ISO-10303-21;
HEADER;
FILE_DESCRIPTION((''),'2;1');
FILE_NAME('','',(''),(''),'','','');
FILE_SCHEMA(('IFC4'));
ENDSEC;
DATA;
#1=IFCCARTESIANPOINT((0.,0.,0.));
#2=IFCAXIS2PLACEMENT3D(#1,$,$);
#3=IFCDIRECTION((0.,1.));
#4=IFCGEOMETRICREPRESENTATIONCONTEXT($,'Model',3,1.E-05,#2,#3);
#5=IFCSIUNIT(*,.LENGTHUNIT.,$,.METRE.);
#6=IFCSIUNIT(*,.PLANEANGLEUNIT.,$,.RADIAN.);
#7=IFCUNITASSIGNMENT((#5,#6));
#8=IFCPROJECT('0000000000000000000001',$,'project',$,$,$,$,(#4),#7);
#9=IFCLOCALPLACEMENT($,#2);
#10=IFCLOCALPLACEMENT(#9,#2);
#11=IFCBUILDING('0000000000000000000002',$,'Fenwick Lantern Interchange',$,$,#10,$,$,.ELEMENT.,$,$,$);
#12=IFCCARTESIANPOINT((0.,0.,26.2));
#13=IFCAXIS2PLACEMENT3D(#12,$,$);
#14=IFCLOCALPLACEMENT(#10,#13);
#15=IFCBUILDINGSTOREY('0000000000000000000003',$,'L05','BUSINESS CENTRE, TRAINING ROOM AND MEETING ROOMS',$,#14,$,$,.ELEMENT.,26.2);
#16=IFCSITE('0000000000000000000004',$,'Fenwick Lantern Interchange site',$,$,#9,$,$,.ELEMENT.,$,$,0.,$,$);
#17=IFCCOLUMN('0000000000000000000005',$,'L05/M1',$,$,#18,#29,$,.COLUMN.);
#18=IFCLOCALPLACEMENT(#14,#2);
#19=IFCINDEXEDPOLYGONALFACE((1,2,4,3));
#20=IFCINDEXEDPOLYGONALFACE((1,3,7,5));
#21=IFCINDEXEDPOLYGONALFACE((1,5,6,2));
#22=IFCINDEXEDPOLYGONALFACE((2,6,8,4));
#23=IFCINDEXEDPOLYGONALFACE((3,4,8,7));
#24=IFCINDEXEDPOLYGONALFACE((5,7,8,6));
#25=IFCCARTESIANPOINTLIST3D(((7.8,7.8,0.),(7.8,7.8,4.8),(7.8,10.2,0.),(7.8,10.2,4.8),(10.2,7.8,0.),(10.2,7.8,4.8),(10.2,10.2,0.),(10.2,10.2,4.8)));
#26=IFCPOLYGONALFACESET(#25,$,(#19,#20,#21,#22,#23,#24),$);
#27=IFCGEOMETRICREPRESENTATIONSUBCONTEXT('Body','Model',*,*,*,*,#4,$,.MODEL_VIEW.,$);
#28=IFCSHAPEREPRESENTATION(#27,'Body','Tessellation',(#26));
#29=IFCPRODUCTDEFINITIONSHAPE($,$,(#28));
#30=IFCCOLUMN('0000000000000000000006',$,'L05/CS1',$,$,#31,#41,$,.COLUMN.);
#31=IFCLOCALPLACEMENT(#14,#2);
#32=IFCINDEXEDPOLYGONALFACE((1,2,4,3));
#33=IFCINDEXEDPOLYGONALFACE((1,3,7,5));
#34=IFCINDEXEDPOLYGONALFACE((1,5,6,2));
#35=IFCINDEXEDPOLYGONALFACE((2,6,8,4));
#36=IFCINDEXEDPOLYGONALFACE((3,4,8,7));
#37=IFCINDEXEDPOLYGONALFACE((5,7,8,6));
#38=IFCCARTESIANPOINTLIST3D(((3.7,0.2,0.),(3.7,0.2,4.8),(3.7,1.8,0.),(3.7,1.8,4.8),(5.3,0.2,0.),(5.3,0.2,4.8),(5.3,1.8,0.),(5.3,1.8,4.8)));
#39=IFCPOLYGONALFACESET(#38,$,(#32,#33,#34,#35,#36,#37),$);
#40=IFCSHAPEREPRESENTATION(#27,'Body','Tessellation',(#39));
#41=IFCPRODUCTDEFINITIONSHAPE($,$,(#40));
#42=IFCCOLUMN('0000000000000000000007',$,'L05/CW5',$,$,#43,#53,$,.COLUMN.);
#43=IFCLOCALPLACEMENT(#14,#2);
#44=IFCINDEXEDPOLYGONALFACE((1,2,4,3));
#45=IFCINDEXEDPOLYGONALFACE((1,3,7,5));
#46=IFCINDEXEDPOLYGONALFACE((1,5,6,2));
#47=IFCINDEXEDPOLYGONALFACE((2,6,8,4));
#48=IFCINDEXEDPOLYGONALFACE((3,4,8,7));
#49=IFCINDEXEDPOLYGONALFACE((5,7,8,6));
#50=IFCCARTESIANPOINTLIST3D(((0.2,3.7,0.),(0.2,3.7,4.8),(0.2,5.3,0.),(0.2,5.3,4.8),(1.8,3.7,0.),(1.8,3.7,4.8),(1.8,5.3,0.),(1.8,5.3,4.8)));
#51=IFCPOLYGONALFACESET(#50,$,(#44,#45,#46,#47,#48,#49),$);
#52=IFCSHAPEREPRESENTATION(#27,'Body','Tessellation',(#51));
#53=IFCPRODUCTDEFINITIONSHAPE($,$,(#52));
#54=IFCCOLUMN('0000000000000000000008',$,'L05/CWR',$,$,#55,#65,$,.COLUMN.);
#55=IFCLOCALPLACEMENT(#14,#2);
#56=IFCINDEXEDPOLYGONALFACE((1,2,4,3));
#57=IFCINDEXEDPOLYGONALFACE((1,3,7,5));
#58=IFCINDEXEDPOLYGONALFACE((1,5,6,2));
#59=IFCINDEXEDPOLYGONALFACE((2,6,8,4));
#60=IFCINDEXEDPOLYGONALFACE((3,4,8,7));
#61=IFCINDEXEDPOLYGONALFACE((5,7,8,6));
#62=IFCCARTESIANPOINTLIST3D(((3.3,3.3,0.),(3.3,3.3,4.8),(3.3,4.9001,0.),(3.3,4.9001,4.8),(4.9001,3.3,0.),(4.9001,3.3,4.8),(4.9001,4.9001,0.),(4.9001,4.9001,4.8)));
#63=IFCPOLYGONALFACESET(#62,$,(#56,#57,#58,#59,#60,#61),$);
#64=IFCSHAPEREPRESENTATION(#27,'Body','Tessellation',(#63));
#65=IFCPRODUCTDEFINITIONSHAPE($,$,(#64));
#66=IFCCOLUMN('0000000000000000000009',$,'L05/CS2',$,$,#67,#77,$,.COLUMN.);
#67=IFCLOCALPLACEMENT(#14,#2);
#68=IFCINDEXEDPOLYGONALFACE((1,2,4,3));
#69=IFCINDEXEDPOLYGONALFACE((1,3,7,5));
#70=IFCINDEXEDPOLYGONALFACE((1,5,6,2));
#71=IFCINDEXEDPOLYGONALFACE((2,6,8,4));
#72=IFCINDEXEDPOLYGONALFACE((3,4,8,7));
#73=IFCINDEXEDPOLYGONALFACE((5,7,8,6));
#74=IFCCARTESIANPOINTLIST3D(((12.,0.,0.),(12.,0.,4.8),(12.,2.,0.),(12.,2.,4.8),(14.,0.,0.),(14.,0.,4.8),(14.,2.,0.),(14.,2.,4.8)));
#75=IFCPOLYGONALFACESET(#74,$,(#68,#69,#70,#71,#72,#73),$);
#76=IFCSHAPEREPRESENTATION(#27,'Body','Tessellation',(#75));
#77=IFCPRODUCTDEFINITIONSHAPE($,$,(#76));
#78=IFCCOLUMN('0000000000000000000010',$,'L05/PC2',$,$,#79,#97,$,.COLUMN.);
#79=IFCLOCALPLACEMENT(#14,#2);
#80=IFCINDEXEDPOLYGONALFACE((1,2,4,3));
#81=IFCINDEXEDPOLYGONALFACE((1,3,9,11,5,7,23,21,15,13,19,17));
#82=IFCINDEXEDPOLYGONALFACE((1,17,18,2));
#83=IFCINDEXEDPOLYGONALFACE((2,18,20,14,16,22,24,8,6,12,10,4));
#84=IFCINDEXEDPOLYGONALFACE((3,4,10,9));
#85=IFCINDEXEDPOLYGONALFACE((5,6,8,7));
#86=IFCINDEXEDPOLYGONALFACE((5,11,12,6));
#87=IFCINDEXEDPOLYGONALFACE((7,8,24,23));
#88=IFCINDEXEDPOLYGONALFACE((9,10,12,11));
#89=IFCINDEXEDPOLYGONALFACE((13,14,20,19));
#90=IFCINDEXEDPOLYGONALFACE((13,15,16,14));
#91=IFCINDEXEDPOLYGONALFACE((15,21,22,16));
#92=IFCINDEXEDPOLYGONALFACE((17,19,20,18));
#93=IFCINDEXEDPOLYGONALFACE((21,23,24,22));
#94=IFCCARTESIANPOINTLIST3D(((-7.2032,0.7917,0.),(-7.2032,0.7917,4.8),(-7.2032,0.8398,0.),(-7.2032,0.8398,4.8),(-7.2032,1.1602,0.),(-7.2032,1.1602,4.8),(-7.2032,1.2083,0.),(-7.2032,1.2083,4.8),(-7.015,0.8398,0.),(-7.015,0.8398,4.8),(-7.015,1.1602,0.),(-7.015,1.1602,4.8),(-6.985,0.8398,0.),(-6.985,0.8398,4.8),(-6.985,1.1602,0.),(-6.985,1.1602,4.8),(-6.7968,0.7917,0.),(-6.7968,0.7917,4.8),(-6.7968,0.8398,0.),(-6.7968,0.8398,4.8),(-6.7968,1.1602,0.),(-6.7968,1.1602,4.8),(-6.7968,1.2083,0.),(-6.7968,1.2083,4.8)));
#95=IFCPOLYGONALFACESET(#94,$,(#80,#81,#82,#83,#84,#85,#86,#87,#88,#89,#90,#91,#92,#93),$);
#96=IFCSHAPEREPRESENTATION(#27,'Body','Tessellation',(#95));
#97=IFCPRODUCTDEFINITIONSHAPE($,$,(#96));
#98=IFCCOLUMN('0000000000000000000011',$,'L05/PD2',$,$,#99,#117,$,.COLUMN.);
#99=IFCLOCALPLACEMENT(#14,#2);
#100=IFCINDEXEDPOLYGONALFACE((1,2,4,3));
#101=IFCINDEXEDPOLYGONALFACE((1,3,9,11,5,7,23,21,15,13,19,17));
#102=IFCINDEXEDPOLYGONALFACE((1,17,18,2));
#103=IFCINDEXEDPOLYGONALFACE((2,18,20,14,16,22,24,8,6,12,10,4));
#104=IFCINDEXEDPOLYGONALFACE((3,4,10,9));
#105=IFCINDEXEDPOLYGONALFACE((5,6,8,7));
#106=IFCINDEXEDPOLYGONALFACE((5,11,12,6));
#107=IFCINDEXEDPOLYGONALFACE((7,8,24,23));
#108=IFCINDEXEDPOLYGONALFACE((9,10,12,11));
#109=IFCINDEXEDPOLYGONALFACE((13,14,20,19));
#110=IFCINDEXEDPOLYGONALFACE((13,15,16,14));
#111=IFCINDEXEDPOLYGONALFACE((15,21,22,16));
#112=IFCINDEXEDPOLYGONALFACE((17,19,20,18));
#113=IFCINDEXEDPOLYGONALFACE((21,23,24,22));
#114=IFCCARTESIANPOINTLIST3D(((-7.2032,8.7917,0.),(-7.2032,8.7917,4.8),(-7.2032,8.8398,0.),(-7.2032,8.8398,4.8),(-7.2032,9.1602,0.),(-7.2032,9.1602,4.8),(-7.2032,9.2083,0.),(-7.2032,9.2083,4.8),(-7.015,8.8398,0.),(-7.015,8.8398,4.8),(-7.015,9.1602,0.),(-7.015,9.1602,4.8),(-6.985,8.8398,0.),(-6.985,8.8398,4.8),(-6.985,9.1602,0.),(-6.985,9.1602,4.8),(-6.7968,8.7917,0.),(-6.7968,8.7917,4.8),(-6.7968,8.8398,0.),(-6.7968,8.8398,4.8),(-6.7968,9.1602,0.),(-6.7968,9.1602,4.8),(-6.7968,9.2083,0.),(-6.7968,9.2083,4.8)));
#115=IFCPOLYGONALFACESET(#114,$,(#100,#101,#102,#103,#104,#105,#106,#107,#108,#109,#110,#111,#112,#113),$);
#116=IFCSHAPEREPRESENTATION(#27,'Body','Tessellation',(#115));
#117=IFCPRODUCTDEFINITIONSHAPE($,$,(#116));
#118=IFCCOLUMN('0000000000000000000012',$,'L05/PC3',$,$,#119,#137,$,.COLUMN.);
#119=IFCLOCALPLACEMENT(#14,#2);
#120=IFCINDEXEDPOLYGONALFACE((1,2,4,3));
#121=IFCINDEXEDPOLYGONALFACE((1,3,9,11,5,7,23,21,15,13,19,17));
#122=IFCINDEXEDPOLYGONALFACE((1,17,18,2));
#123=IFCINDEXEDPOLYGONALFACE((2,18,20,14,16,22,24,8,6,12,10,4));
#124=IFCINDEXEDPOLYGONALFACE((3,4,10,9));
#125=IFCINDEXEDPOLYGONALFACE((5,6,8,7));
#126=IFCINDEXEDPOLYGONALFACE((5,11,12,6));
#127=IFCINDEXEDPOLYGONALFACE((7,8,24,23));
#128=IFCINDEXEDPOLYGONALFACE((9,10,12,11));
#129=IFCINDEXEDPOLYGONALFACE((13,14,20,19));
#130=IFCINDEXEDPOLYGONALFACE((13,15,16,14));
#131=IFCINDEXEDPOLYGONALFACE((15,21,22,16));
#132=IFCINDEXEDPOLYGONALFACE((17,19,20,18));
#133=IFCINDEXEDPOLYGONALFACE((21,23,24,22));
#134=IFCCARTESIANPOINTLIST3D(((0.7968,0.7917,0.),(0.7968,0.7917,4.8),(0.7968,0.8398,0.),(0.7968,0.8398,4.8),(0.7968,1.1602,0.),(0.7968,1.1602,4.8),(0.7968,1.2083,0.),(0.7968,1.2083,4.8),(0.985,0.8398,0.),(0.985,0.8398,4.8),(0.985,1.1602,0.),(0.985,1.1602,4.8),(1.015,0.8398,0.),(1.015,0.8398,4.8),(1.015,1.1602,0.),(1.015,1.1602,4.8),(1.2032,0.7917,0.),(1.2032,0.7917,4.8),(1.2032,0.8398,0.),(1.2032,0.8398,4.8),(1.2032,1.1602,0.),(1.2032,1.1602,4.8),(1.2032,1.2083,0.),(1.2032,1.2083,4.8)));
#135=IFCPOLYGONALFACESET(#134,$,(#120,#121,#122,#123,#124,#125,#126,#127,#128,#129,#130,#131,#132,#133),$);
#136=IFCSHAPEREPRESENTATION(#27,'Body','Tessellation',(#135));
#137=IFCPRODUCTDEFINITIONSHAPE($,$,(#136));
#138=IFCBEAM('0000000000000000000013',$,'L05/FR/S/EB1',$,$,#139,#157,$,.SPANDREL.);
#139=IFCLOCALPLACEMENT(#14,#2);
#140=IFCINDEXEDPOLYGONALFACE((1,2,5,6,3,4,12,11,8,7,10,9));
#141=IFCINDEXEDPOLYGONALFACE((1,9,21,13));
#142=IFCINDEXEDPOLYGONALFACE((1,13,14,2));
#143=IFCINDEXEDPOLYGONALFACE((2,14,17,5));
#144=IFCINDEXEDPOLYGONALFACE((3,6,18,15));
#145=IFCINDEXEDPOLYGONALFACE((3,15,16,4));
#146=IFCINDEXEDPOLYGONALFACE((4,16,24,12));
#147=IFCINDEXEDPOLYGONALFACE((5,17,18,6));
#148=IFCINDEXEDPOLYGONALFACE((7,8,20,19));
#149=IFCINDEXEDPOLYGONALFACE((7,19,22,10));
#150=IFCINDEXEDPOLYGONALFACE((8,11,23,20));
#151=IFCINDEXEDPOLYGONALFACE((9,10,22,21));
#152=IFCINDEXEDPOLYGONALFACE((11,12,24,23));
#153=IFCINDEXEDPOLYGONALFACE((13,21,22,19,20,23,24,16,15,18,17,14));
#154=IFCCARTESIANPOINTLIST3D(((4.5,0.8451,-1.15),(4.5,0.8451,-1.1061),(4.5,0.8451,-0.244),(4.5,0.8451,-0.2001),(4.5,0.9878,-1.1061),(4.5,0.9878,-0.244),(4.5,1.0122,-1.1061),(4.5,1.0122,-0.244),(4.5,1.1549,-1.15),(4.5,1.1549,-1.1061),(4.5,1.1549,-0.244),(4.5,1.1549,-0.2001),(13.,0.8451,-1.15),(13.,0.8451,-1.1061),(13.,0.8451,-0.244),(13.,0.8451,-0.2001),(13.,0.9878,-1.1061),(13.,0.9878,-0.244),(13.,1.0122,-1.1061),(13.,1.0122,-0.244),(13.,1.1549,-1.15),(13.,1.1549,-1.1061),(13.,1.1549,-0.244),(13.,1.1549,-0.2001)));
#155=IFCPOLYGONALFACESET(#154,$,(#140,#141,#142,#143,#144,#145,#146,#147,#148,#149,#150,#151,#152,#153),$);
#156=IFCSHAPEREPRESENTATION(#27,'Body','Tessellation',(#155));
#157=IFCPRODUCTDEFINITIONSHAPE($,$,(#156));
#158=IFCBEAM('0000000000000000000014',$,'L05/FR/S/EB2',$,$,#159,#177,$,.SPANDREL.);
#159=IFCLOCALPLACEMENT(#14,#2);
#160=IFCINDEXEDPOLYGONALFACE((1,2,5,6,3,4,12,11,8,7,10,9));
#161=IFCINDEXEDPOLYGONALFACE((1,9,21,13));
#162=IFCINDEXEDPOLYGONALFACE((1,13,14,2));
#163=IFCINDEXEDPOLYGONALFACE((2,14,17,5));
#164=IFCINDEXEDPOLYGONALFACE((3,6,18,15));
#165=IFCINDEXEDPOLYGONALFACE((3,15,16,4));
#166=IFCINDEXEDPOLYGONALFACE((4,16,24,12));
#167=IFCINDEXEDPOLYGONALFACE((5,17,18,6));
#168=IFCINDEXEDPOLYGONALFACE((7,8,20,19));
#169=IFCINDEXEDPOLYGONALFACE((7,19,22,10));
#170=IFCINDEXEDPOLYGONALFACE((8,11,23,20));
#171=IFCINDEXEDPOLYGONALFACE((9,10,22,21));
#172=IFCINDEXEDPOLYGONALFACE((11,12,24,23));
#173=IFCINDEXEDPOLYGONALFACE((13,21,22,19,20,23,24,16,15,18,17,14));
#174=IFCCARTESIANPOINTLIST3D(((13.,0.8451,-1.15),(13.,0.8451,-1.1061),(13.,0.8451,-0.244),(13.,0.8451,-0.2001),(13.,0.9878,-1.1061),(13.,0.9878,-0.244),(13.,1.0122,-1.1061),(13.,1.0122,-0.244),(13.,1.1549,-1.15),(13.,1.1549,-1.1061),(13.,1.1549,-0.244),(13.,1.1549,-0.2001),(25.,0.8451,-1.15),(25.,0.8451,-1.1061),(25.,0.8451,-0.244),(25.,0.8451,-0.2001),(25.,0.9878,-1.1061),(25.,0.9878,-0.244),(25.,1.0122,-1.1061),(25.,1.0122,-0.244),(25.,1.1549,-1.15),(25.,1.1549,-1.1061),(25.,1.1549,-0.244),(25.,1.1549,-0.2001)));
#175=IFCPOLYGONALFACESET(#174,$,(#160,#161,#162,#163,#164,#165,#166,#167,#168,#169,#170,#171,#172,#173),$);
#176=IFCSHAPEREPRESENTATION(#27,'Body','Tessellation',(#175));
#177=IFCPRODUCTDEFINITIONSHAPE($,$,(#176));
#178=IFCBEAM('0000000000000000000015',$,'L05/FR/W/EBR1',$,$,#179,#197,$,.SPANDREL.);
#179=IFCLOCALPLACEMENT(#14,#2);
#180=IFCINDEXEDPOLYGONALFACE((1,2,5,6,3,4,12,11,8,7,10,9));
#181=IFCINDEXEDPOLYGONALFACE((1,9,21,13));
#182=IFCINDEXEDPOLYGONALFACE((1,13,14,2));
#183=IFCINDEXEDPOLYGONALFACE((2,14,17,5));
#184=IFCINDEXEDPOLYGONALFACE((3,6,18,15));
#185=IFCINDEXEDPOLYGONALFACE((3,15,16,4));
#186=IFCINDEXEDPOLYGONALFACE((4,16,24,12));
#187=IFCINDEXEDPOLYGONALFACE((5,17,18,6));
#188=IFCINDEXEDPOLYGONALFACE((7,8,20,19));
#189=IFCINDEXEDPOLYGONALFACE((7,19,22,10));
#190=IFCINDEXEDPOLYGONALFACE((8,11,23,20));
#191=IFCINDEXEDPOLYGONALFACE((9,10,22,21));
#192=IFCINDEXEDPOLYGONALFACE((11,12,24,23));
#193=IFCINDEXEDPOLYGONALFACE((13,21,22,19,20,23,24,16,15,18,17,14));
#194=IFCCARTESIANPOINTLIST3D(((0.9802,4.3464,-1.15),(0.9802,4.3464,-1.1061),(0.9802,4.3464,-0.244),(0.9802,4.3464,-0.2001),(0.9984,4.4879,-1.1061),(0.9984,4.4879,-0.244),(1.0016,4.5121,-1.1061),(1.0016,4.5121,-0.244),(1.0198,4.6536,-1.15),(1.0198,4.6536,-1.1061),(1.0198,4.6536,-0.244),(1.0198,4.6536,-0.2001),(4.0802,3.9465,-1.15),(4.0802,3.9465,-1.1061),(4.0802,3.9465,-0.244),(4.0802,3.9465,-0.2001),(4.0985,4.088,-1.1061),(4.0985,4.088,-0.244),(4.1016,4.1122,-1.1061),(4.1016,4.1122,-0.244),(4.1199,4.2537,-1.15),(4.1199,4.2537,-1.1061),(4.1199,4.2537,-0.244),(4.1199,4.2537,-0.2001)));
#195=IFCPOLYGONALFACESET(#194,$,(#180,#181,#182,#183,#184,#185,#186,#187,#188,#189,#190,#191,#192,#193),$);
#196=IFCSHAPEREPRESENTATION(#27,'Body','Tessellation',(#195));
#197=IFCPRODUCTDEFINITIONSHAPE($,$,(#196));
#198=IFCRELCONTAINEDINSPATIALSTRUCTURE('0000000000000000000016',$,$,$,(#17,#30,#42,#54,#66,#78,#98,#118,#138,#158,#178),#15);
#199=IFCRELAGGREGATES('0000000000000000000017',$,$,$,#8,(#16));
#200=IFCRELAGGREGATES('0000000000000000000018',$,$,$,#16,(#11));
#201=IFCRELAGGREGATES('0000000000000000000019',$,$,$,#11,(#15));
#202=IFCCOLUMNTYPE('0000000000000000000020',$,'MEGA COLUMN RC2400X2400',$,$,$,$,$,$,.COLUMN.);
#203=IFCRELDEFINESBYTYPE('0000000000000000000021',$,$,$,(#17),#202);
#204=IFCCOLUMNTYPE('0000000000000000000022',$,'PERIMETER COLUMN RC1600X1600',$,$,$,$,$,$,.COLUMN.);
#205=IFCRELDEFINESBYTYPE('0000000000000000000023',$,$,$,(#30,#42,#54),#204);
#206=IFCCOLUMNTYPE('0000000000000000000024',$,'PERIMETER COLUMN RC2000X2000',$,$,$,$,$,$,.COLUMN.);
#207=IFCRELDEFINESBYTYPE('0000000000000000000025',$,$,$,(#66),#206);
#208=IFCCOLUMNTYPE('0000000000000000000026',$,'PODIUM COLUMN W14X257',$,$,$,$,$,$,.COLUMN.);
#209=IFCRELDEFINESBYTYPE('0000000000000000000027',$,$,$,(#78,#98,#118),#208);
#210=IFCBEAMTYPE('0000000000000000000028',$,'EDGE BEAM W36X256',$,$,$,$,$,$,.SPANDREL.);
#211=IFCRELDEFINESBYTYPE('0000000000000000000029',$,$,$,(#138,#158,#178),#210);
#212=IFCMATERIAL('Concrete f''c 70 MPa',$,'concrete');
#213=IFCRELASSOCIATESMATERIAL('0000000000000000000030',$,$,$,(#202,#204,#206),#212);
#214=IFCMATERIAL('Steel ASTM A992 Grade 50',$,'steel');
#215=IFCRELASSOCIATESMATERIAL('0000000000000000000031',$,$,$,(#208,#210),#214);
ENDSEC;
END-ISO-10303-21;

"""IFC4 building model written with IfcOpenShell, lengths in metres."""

from ifc_helpers import new_model, si_unit, direction, frame, origin, origin_2d, place, context, subcontext, project, spatial, rectangle, i_section, extrude, material, material_profile, profile_set, type_object, element, save


model = new_model("IFC4")

# Units and contexts
model_context = context("Model", 3, precision=1e-05, world=origin(), true_north=direction((0.0, 1.0)))
body_context = subcontext(model_context, "Body", "Model", "MODEL_VIEW")
ifc_project = project(units=[si_unit("LENGTHUNIT", "METRE"), si_unit("PLANEANGLEUNIT", "RADIAN")], contexts=[model_context])

# Site, building, storey
site_placement = place(None, origin())
site = spatial("IfcSite", under=ifc_project, at=site_placement, Name="Fenwick Lantern Interchange site", CompositionType="ELEMENT", RefElevation=0.0)
building_placement = place(site_placement, origin())
building = spatial("IfcBuilding", under=site, at=building_placement, Name="Fenwick Lantern Interchange", CompositionType="ELEMENT")
storey_placement = place(building_placement, frame((0.0, 0.0, 26.2)))
storey = spatial("IfcBuildingStorey", under=building, at=storey_placement, Name="L05", Description="BUSINESS CENTRE, TRAINING ROOM AND MEETING ROOMS", CompositionType="ELEMENT", Elevation=26.2)

# Columns
ifc_material_1 = material(Name="Concrete f'c 70 MPa", Category="concrete")
ifc_material_profile_1 = material_profile(ifc_material_1, rectangle(XDim=2.3999, YDim=2.3999, at=origin_2d()), Name="RC2400X2400")
ifc_profile_set_1 = profile_set([ifc_material_profile_1], Name="Concrete f'c 70 MPa")
column_type_1 = type_object("IfcColumnType", Name="MEGA COLUMN RC2400X2400", PredefinedType="COLUMN", material=ifc_profile_set_1)
column_1_placement = place(storey_placement, frame((9.0, 9.0, 0.0), z_axis=(0.0, 0.0, 1.0), x_axis=(1.0, 0.0, 0.0)))
element("IfcColumn", 1, at=column_1_placement, inside=storey, type_object=column_type_1, Name="L05/M1", PredefinedType="COLUMN", context=body_context, shape_type="SweptSolid", body=[
    extrude(rectangle(XDim=2.3999, YDim=2.3999, at=origin_2d()), origin(), (0.0, 0.0, 1.0), 4.8),
])
ifc_material_profile_2 = material_profile(ifc_material_1, rectangle(XDim=1.6001, YDim=1.6001, at=origin_2d()), Name="RC1600X1600")
ifc_profile_set_2 = profile_set([ifc_material_profile_2], Name="Concrete f'c 70 MPa")
column_type_2 = type_object("IfcColumnType", Name="PERIMETER COLUMN RC1600X1600", PredefinedType="COLUMN", material=ifc_profile_set_2)
for number, where, z_axis, x_axis, name in (
    (2, (4.5, 1.0, 0.0), (0.0, 0.0, 1.0), (1.0, 0.0, 0.0), "L05/CS1"),
    (3, (1.0, 4.5, 0.0), (0.0, 0.0, 1.0), (1.0, 0.0, 0.0), "L05/CW5"),
    (4, (4.1001, 4.1001, 0.0), (0.0, 0.0, 1.0), (1.0, 0.0, 0.0), "L05/CWR"),
):
    element("IfcColumn", number, at=place(storey_placement, frame(where, z_axis=z_axis, x_axis=x_axis)), inside=storey, type_object=column_type_2, Name=name, PredefinedType="COLUMN", context=body_context, shape_type="SweptSolid", body=[
        extrude(rectangle(XDim=1.6001, YDim=1.6001, at=origin_2d()), origin(), (0.0, 0.0, 1.0), 4.8),
    ])
ifc_material_profile_3 = material_profile(ifc_material_1, rectangle(XDim=2.0, YDim=2.0, at=origin_2d()), Name="RC2000X2000")
ifc_profile_set_3 = profile_set([ifc_material_profile_3], Name="Concrete f'c 70 MPa")
column_type_3 = type_object("IfcColumnType", Name="PERIMETER COLUMN RC2000X2000", PredefinedType="COLUMN", material=ifc_profile_set_3)
column_2_placement = place(storey_placement, frame((13.0, 1.0, 0.0), z_axis=(0.0, 0.0, 1.0), x_axis=(1.0, 0.0, 0.0)))
element("IfcColumn", 5, at=column_2_placement, inside=storey, type_object=column_type_3, Name="L05/CS2", PredefinedType="COLUMN", context=body_context, shape_type="SweptSolid", body=[
    extrude(rectangle(XDim=2.0, YDim=2.0, at=origin_2d()), origin(), (0.0, 0.0, 1.0), 4.8),
])
ifc_material_2 = material(Name="Steel ASTM A992 Grade 50", Category="steel")
ifc_material_profile_4 = material_profile(ifc_material_2, i_section(OverallWidth=0.4065, OverallDepth=0.4165, WebThickness=0.03, FlangeThickness=0.0481, at=origin_2d()), Name="W14X257")
ifc_profile_set_4 = profile_set([ifc_material_profile_4], Name="Steel ASTM A992 Grade 50")
column_type_4 = type_object("IfcColumnType", Name="PODIUM COLUMN W14X257", PredefinedType="COLUMN", material=ifc_profile_set_4)
for number, where, z_axis, x_axis, name in (
    (6, (-7.0, 1.0, 0.0), (0.0, 0.0, 1.0), (1.0, 0.0, 0.0), "L05/PC2"),
    (7, (-7.0, 9.0, 0.0), (0.0, 0.0, 1.0), (1.0, 0.0, 0.0), "L05/PD2"),
    (8, (1.0, 1.0, 0.0), (0.0, 0.0, 1.0), (1.0, 0.0, 0.0), "L05/PC3"),
):
    element("IfcColumn", number, at=place(storey_placement, frame(where, z_axis=z_axis, x_axis=x_axis)), inside=storey, type_object=column_type_4, Name=name, PredefinedType="COLUMN", context=body_context, shape_type="SweptSolid", body=[
        extrude(i_section(OverallWidth=0.4065, OverallDepth=0.4165, WebThickness=0.03, FlangeThickness=0.0481, at=origin_2d()), origin(), (0.0, 0.0, 1.0), 4.8),
    ])

# Beams
ifc_material_profile_5 = material_profile(ifc_material_2, i_section(OverallWidth=0.3098, OverallDepth=0.95, WebThickness=0.0244, FlangeThickness=0.0439, at=origin_2d()), Name="W36X256")
ifc_profile_set_5 = profile_set([ifc_material_profile_5], Name="Steel ASTM A992 Grade 50")
beam_type_1 = type_object("IfcBeamType", Name="EDGE BEAM W36X256", PredefinedType="SPANDREL", material=ifc_profile_set_5)
beam_1_placement = place(storey_placement, frame((4.5, 1.0, -0.675), z_axis=(1.0, 0.0, 0.0), x_axis=(0.0, 1.0, 0.0)))
element("IfcBeam", 9, at=beam_1_placement, inside=storey, type_object=beam_type_1, Name="L05/FR/S/EB1", PredefinedType="SPANDREL", context=body_context, shape_type="SweptSolid", body=[
    extrude(i_section(OverallWidth=0.3098, OverallDepth=0.95, WebThickness=0.0244, FlangeThickness=0.0439, at=origin_2d()), origin(), (0.0, 0.0, 1.0), 8.5),
])
beam_2_placement = place(storey_placement, frame((13.0, 1.0, -0.675), z_axis=(1.0, 0.0, 0.0), x_axis=(0.0, 1.0, 0.0)))
element("IfcBeam", 10, at=beam_2_placement, inside=storey, type_object=beam_type_1, Name="L05/FR/S/EB2", PredefinedType="SPANDREL", context=body_context, shape_type="SweptSolid", body=[
    extrude(i_section(OverallWidth=0.3098, OverallDepth=0.95, WebThickness=0.0244, FlangeThickness=0.0439, at=origin_2d()), origin(), (0.0, 0.0, 1.0), 12.0),
])
for number, where, z_axis, x_axis, name in (
    (11, (1.0, 4.5, -0.675), (0.991782, -0.127937, 0.0), (0.127937, 0.991782, 0.0), "L05/FR/W/EBR1"),
):
    element("IfcBeam", number, at=place(storey_placement, frame(where, z_axis=z_axis, x_axis=x_axis)), inside=storey, type_object=beam_type_1, Name=name, PredefinedType="SPANDREL", context=body_context, shape_type="SweptSolid", body=[
        extrude(i_section(OverallWidth=0.3098, OverallDepth=0.95, WebThickness=0.0244, FlangeThickness=0.0439, at=origin_2d()), origin(), (0.0, 0.0, 1.0), 3.1257),
    ])

save(model, "model.ifc")
